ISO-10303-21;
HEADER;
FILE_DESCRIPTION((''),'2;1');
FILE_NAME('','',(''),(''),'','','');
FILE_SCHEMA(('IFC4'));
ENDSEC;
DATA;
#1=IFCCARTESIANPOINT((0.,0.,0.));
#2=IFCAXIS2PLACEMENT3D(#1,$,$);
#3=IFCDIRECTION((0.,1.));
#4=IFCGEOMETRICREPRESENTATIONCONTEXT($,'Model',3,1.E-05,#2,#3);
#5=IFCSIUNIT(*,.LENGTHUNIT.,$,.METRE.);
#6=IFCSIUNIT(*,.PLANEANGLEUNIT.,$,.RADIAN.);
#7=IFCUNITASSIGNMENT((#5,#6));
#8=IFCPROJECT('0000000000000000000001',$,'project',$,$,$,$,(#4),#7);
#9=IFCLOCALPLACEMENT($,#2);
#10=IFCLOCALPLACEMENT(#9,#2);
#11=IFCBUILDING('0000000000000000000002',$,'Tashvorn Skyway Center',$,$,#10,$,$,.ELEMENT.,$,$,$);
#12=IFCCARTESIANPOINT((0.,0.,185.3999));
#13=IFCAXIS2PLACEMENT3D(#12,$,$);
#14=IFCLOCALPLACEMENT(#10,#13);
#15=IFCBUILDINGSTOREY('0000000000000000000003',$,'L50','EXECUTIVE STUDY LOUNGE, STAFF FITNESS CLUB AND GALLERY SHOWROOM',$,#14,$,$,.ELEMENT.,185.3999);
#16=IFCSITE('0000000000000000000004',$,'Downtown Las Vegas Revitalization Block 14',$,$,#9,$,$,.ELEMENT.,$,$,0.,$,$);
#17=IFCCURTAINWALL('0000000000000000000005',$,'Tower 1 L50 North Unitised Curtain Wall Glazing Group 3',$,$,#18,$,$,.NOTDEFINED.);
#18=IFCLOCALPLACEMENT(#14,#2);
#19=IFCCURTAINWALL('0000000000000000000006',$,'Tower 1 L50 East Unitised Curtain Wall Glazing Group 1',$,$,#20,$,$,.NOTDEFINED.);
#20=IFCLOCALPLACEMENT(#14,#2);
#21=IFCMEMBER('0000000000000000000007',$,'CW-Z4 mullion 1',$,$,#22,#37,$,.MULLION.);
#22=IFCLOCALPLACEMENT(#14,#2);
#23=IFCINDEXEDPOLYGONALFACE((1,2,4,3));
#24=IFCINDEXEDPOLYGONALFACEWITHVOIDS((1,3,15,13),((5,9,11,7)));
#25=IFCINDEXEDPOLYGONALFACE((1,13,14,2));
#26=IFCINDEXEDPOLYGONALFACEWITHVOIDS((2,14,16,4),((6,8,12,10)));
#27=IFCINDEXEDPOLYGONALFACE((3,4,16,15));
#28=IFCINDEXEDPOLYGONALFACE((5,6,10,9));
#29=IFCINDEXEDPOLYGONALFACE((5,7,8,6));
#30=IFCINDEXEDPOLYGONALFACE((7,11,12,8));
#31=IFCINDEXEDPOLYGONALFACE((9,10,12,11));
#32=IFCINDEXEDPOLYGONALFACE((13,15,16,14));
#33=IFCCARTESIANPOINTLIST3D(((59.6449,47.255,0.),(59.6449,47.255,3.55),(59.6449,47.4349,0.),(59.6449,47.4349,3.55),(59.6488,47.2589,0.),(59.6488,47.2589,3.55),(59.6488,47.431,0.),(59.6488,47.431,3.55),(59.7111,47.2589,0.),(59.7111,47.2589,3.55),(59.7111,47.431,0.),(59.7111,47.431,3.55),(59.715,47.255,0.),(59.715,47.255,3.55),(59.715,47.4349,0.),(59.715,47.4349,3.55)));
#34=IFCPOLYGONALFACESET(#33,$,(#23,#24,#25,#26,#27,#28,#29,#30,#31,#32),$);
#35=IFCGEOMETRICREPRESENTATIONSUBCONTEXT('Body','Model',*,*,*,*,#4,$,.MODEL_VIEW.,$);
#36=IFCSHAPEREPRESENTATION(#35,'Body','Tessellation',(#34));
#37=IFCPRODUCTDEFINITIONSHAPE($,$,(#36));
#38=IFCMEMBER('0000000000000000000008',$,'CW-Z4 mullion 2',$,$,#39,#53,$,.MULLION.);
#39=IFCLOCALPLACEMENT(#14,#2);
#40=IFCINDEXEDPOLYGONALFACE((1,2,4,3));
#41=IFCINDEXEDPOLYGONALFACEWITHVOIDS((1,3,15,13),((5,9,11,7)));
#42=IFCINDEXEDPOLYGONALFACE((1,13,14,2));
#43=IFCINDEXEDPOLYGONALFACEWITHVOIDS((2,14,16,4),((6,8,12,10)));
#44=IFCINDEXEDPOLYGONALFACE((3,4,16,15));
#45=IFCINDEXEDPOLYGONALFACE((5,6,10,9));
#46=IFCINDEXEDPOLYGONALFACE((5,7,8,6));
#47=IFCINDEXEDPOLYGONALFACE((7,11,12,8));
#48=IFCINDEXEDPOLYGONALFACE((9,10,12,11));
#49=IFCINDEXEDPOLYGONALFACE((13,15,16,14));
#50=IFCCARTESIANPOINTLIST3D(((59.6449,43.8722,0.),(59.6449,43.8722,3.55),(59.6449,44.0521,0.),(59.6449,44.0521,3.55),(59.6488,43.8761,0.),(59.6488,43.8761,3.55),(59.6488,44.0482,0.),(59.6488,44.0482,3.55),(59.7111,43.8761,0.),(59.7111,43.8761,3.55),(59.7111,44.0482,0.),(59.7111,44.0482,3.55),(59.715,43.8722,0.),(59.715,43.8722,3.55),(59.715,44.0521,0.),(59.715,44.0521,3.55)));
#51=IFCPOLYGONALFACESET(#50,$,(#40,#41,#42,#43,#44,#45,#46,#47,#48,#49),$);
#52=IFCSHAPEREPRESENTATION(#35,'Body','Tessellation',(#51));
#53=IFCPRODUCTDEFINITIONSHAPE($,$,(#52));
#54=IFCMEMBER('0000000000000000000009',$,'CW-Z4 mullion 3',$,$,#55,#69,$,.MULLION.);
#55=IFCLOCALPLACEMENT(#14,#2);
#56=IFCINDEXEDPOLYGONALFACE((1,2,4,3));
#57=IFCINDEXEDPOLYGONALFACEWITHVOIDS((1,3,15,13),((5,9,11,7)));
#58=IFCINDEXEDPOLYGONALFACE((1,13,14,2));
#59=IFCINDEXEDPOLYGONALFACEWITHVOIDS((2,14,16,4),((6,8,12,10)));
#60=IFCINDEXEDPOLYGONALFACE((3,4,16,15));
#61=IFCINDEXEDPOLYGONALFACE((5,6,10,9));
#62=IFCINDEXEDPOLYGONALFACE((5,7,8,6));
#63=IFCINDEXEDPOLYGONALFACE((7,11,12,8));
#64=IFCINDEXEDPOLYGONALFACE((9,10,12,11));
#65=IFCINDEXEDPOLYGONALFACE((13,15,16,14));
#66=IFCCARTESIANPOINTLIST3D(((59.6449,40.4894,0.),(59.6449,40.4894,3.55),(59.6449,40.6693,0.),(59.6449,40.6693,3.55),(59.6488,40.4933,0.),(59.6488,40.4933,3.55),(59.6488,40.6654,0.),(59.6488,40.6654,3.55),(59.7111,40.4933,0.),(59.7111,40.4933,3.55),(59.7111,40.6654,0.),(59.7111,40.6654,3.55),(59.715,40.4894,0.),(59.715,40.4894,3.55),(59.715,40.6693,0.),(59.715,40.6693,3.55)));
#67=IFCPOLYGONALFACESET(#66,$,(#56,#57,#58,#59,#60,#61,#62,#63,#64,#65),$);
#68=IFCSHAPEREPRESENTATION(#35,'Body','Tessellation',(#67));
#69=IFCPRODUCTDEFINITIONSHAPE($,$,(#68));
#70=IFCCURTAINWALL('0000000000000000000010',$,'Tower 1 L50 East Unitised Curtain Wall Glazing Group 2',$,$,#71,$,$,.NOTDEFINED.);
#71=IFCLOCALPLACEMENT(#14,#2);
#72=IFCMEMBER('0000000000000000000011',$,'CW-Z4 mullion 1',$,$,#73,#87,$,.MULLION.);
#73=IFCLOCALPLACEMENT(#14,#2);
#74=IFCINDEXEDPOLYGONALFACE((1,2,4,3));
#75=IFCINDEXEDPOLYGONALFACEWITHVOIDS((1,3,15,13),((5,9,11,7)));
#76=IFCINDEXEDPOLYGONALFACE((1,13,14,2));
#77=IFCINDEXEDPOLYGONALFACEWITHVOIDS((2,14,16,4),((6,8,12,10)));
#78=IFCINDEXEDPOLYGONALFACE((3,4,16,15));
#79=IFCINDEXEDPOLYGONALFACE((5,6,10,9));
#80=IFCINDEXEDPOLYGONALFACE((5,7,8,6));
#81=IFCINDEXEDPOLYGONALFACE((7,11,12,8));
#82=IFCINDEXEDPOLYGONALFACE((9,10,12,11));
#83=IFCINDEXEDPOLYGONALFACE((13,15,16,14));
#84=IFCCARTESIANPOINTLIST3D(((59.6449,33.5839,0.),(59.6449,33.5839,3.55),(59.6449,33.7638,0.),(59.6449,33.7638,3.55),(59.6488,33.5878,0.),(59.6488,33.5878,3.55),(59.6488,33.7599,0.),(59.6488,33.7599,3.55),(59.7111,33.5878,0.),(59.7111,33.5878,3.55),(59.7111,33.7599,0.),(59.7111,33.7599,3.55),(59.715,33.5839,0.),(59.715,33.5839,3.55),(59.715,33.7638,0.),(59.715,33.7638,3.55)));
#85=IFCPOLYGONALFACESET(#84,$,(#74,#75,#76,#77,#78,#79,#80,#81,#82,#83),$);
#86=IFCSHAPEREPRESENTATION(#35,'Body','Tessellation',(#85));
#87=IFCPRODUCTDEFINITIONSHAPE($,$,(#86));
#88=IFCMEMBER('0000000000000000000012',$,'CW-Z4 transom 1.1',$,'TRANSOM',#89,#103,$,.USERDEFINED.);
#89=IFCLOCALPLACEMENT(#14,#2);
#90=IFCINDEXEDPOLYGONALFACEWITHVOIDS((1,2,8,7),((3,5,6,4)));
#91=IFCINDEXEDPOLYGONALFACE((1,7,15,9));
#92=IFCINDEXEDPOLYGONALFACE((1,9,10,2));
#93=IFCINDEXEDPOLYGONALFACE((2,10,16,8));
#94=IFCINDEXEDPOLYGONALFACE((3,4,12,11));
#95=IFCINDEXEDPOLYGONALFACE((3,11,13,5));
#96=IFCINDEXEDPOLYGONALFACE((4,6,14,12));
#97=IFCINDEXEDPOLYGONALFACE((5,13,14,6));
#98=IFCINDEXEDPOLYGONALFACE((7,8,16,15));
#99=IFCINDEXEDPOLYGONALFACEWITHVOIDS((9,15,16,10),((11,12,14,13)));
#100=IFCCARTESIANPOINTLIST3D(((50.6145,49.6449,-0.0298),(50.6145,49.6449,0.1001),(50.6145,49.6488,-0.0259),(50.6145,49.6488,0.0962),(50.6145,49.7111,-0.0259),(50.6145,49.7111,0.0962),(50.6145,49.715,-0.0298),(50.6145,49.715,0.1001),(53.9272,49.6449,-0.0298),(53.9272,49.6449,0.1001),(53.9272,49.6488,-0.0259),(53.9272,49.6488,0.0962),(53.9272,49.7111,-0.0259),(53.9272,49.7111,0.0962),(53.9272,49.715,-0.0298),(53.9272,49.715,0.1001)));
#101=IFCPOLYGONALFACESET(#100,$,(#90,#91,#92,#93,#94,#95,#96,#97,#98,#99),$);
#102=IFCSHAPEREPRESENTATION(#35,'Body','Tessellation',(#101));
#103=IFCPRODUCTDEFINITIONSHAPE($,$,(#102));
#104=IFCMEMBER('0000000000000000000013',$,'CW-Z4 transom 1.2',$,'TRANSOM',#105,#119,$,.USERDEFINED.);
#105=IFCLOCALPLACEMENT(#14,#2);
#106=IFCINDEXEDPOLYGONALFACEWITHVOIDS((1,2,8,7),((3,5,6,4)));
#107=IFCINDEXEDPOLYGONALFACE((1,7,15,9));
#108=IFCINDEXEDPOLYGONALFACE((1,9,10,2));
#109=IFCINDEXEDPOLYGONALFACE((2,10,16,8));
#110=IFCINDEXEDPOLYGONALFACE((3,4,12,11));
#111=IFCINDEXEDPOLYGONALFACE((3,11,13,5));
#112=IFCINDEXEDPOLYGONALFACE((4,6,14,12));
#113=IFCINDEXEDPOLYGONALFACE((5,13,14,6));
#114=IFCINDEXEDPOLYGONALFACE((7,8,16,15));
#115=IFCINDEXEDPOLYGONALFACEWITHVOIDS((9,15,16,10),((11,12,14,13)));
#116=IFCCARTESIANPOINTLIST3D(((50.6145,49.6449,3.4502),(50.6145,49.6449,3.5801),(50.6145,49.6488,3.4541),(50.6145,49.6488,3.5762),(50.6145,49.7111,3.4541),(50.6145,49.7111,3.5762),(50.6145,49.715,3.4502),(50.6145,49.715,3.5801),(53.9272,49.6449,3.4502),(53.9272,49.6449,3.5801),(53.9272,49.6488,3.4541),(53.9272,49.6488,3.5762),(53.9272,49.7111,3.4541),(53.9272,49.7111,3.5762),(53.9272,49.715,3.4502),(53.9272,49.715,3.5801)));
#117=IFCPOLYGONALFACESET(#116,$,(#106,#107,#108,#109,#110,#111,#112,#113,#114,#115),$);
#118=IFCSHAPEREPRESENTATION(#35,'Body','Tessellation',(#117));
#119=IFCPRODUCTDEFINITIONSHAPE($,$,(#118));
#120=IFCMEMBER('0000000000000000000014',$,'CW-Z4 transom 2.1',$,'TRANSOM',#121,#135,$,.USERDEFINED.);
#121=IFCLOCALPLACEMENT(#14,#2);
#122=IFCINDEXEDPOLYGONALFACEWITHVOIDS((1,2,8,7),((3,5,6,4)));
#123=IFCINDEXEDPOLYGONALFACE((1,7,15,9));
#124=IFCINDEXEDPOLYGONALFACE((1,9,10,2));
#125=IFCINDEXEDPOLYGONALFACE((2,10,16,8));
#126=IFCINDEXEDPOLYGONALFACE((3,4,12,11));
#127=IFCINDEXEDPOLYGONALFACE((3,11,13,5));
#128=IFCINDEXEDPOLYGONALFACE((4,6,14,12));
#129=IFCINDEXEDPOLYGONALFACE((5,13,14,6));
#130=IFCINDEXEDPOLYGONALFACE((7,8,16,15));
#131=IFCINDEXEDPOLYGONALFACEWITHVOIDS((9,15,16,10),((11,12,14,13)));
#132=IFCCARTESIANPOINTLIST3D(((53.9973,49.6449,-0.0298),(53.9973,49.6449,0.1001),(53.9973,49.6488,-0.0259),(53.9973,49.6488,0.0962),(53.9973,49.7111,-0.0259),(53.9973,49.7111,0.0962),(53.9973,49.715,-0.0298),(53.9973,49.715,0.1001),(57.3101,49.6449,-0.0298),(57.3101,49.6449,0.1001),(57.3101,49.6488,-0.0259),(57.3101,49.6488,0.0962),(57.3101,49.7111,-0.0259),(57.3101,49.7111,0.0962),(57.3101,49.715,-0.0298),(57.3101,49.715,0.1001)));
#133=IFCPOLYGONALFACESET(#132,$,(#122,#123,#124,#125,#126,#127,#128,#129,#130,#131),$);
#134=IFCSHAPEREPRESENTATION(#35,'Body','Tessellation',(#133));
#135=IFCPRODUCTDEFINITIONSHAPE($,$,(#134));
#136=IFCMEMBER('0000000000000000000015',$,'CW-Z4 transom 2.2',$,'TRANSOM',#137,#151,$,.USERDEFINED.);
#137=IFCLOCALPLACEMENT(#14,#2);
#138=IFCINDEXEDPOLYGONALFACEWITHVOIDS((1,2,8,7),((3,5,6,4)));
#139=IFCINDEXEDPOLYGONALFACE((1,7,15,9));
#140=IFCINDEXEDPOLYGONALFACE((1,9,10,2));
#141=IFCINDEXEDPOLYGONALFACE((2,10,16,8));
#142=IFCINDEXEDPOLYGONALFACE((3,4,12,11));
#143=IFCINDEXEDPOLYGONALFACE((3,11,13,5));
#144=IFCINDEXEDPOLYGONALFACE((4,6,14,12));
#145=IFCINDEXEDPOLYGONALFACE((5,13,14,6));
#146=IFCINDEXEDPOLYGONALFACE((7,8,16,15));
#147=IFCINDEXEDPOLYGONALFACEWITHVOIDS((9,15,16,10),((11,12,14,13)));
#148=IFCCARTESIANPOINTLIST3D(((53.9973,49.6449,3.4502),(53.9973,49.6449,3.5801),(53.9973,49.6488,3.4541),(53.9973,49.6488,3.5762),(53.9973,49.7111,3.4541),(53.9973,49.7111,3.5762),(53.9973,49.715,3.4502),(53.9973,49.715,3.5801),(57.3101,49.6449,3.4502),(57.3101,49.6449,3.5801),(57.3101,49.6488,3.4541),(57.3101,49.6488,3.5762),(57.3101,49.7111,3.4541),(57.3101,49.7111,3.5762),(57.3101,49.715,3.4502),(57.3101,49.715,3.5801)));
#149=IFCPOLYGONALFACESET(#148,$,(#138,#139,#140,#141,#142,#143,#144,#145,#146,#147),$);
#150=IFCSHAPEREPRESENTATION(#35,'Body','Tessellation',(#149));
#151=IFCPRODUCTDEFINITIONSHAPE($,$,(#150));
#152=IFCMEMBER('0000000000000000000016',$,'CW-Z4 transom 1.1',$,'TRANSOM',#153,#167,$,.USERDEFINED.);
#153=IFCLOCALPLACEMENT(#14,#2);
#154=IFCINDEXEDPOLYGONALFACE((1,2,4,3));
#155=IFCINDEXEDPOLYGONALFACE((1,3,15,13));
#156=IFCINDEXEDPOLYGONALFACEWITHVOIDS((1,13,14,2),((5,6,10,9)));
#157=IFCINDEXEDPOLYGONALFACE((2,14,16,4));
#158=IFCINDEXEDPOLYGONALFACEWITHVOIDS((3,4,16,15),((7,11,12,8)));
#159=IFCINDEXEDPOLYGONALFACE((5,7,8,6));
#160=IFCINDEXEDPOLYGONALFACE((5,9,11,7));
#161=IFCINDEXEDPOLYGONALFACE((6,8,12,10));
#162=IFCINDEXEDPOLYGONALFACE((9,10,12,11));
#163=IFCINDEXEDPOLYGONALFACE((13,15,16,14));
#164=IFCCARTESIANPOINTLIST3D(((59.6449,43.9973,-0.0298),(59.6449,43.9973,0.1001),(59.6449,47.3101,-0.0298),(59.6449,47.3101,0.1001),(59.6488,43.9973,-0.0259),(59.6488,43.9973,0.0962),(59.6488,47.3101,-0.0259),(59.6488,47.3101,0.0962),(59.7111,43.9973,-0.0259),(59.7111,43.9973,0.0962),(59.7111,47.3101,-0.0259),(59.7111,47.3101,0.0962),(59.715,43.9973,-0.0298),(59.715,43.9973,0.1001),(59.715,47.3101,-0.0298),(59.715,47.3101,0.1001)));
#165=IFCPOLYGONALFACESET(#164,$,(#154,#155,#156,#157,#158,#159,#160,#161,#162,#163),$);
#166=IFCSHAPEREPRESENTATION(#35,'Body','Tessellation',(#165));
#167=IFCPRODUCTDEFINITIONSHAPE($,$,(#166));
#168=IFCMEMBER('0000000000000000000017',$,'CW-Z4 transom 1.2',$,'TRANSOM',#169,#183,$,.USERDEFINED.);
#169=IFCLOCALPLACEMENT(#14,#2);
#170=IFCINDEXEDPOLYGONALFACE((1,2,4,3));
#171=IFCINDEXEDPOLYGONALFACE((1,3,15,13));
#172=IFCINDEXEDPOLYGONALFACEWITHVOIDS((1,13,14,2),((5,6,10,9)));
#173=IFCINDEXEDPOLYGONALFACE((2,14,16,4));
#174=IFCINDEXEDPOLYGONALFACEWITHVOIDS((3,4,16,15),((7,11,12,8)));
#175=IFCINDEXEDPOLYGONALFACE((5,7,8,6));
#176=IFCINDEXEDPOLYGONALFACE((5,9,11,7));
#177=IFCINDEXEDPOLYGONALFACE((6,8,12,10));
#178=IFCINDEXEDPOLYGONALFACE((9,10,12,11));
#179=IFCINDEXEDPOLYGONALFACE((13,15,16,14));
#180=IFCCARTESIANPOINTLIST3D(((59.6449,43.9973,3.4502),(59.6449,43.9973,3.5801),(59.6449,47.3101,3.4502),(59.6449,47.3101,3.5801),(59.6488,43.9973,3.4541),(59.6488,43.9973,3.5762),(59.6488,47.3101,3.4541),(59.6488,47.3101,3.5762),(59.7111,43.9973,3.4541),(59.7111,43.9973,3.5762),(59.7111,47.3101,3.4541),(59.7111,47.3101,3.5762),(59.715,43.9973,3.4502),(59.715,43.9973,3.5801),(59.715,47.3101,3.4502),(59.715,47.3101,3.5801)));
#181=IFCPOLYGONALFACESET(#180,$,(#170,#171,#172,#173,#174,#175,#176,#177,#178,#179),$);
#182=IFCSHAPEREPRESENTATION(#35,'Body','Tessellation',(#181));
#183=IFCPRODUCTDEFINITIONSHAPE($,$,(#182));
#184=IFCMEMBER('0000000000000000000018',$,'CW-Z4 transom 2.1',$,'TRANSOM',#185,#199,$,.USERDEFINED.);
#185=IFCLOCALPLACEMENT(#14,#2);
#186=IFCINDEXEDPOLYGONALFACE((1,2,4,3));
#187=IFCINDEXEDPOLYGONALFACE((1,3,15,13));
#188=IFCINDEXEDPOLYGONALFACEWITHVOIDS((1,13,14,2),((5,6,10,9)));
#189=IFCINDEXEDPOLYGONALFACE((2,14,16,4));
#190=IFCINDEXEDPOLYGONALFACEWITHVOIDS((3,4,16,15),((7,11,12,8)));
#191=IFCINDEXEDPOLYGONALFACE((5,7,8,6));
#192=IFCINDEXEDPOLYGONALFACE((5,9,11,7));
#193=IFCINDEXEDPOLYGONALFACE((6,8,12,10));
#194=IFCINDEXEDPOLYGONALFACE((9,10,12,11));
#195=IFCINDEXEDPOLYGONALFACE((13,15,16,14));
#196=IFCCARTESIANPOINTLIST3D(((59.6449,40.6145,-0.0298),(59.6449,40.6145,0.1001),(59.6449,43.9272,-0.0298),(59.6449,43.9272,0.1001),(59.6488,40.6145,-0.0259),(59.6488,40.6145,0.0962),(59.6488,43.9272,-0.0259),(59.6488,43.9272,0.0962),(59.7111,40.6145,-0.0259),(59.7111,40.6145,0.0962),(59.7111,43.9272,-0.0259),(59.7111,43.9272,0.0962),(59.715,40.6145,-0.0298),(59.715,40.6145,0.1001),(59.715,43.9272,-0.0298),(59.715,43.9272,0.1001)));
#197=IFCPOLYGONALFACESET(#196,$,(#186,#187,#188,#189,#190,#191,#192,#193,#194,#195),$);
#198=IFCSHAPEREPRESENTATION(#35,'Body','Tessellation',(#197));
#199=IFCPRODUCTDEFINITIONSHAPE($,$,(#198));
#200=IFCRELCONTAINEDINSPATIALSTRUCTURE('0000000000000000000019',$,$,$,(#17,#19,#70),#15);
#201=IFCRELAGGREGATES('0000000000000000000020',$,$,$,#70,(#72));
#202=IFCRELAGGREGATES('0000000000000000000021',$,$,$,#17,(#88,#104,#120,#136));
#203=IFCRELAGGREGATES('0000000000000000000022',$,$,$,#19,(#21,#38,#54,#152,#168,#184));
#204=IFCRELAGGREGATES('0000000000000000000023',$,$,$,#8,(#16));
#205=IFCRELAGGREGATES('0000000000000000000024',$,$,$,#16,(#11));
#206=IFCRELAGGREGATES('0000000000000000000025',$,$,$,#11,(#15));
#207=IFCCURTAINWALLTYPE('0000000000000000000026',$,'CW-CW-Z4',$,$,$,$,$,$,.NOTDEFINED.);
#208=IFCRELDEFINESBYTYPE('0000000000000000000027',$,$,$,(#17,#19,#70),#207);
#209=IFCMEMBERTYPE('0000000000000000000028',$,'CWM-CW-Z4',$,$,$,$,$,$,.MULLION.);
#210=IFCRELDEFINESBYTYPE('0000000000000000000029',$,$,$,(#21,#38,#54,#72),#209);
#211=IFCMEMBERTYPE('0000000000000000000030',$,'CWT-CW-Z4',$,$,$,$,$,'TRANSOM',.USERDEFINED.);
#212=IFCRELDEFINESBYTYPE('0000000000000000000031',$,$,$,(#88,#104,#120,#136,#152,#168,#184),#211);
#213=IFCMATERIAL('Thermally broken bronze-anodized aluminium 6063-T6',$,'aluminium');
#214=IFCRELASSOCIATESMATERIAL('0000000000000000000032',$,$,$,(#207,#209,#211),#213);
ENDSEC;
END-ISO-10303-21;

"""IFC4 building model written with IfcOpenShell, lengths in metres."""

from ifc_helpers import new_model, si_unit, direction, frame, origin, origin_2d, place, context, subcontext, project, spatial, hollow_rectangle, extrude, material, material_profile, profile_set, type_object, element, aggregate, save


model = new_model("IFC4")

# Units and contexts
model_context = context("Model", 3, precision=1e-05, world=origin(), true_north=direction((0.0, 1.0)))
body_context = subcontext(model_context, "Body", "Model", "MODEL_VIEW")
ifc_project = project(units=[si_unit("LENGTHUNIT", "METRE"), si_unit("PLANEANGLEUNIT", "RADIAN")], contexts=[model_context])

# Site, building, storey
site_placement = place(None, origin())
site = spatial("IfcSite", under=ifc_project, at=site_placement, Name="Downtown Las Vegas Revitalization Block 14", CompositionType="ELEMENT", RefElevation=0.0)
building_placement = place(site_placement, origin())
building = spatial("IfcBuilding", under=site, at=building_placement, Name="Tashvorn Skyway Center", CompositionType="ELEMENT")
storey_placement = place(building_placement, frame((0.0, 0.0, 185.3999)))
storey = spatial("IfcBuildingStorey", under=building, at=storey_placement, Name="L50", Description="EXECUTIVE STUDY LOUNGE, STAFF FITNESS CLUB AND GALLERY SHOWROOM", CompositionType="ELEMENT", Elevation=185.3999)

# Curtain walls, members
ifc_material_1 = material(Name="Thermally broken bronze-anodized aluminium 6063-T6", Category="aluminium")
curtain_wall_type = type_object("IfcCurtainWallType", Name="CW-CW-Z4", PredefinedType="NOTDEFINED", material=ifc_material_1)
curtain_wall_1_placement = place(storey_placement, origin())
curtain_wall_1 = element("IfcCurtainWall", 1, at=curtain_wall_1_placement, inside=storey, type_object=curtain_wall_type, Name="Tower 1 L50 North Unitised Curtain Wall Glazing Group 3", PredefinedType="NOTDEFINED")
ifc_material_profile_1 = material_profile(ifc_material_1, hollow_rectangle(XDim=0.0701, YDim=0.1799, WallThickness=0.0039, at=origin_2d()), Name="ALU-MULL-70x180")
ifc_profile_set_1 = profile_set([ifc_material_profile_1], Name="Thermally broken bronze-anodized aluminium 6063-T6")
member_type_1 = type_object("IfcMemberType", Name="CWM-CW-Z4", PredefinedType="MULLION", material=ifc_profile_set_1)
curtain_wall_2_placement = place(storey_placement, origin())
curtain_wall_2 = element("IfcCurtainWall", 2, at=curtain_wall_2_placement, inside=storey, type_object=curtain_wall_type, Name="Tower 1 L50 East Unitised Curtain Wall Glazing Group 1", PredefinedType="NOTDEFINED")
member_1_placement = place(storey_placement, frame((59.6799, 47.345, 0.0), z_axis=(0.0, 0.0, 1.0), x_axis=(1.0, 0.0, 0.0)))
member_1 = element("IfcMember", 3, at=member_1_placement, type_object=member_type_1, Name="CW-Z4 mullion 1", PredefinedType="MULLION", context=body_context, shape_type="SweptSolid", body=[
    extrude(hollow_rectangle(XDim=0.0701, YDim=0.1799, WallThickness=0.0039, at=origin_2d()), origin(), (0.0, 0.0, 1.0), 3.55),
])
member_2_placement = place(storey_placement, frame((59.6799, 43.9622, 0.0), z_axis=(0.0, 0.0, 1.0), x_axis=(1.0, 0.0, 0.0)))
member_2 = element("IfcMember", 4, at=member_2_placement, type_object=member_type_1, Name="CW-Z4 mullion 2", PredefinedType="MULLION", context=body_context, shape_type="SweptSolid", body=[
    extrude(hollow_rectangle(XDim=0.0701, YDim=0.1799, WallThickness=0.0039, at=origin_2d()), origin(), (0.0, 0.0, 1.0), 3.55),
])
member_3_placement = place(storey_placement, frame((59.6799, 40.5793, 0.0), z_axis=(0.0, 0.0, 1.0), x_axis=(1.0, 0.0, 0.0)))
member_3 = element("IfcMember", 5, at=member_3_placement, type_object=member_type_1, Name="CW-Z4 mullion 3", PredefinedType="MULLION", context=body_context, shape_type="SweptSolid", body=[
    extrude(hollow_rectangle(XDim=0.0701, YDim=0.1799, WallThickness=0.0039, at=origin_2d()), origin(), (0.0, 0.0, 1.0), 3.55),
])

# Curtain wall, member
curtain_wall_3_placement = place(storey_placement, origin())
curtain_wall_3 = element("IfcCurtainWall", 6, at=curtain_wall_3_placement, inside=storey, type_object=curtain_wall_type, Name="Tower 1 L50 East Unitised Curtain Wall Glazing Group 2", PredefinedType="NOTDEFINED")
member_4_placement = place(storey_placement, frame((59.6799, 33.6738, 0.0), z_axis=(0.0, 0.0, 1.0), x_axis=(1.0, 0.0, 0.0)))
member_4 = element("IfcMember", 7, at=member_4_placement, type_object=member_type_1, Name="CW-Z4 mullion 1", PredefinedType="MULLION", context=body_context, shape_type="SweptSolid", body=[
    extrude(hollow_rectangle(XDim=0.0701, YDim=0.1799, WallThickness=0.0039, at=origin_2d()), origin(), (0.0, 0.0, 1.0), 3.55),
])

# Members
ifc_material_profile_2 = material_profile(ifc_material_1, hollow_rectangle(XDim=0.0701, YDim=0.1299, WallThickness=0.0039, at=origin_2d()), Name="ALU-TRAN-70x130")
ifc_profile_set_2 = profile_set([ifc_material_profile_2], Name="Thermally broken bronze-anodized aluminium 6063-T6")
member_type_2 = type_object("IfcMemberType", Name="CWT-CW-Z4", ElementType="TRANSOM", PredefinedType="USERDEFINED", material=ifc_profile_set_2)
member_5_placement = place(storey_placement, frame((50.6145, 49.6799, 0.0352), z_axis=(1.0, 0.0, 0.0), x_axis=(0.0, 1.0, 0.0)))
member_5 = element("IfcMember", 8, at=member_5_placement, type_object=member_type_2, Name="CW-Z4 transom 1.1", ObjectType="TRANSOM", PredefinedType="USERDEFINED", context=body_context, shape_type="SweptSolid", body=[
    extrude(hollow_rectangle(XDim=0.0701, YDim=0.1299, WallThickness=0.0039, at=origin_2d()), origin(), (0.0, 0.0, 1.0), 3.3127),
])
member_6_placement = place(storey_placement, frame((50.6145, 49.6799, 3.5151), z_axis=(1.0, 0.0, 0.0), x_axis=(0.0, 1.0, 0.0)))
member_6 = element("IfcMember", 9, at=member_6_placement, type_object=member_type_2, Name="CW-Z4 transom 1.2", ObjectType="TRANSOM", PredefinedType="USERDEFINED", context=body_context, shape_type="SweptSolid", body=[
    extrude(hollow_rectangle(XDim=0.0701, YDim=0.1299, WallThickness=0.0039, at=origin_2d()), origin(), (0.0, 0.0, 1.0), 3.3127),
])
member_7_placement = place(storey_placement, frame((53.9973, 49.6799, 0.0352), z_axis=(1.0, 0.0, 0.0), x_axis=(0.0, 1.0, 0.0)))
member_7 = element("IfcMember", 10, at=member_7_placement, type_object=member_type_2, Name="CW-Z4 transom 2.1", ObjectType="TRANSOM", PredefinedType="USERDEFINED", context=body_context, shape_type="SweptSolid", body=[
    extrude(hollow_rectangle(XDim=0.0701, YDim=0.1299, WallThickness=0.0039, at=origin_2d()), origin(), (0.0, 0.0, 1.0), 3.3127),
])
member_8_placement = place(storey_placement, frame((53.9973, 49.6799, 3.5151), z_axis=(1.0, 0.0, 0.0), x_axis=(0.0, 1.0, 0.0)))
member_8 = element("IfcMember", 11, at=member_8_placement, type_object=member_type_2, Name="CW-Z4 transom 2.2", ObjectType="TRANSOM", PredefinedType="USERDEFINED", context=body_context, shape_type="SweptSolid", body=[
    extrude(hollow_rectangle(XDim=0.0701, YDim=0.1299, WallThickness=0.0039, at=origin_2d()), origin(), (0.0, 0.0, 1.0), 3.3127),
])
member_9_placement = place(storey_placement, frame((59.6799, 47.3101, 0.0352), z_axis=(0.0, -1.0, 0.0), x_axis=(1.0, 0.0, 0.0)))
member_9 = element("IfcMember", 12, at=member_9_placement, type_object=member_type_2, Name="CW-Z4 transom 1.1", ObjectType="TRANSOM", PredefinedType="USERDEFINED", context=body_context, shape_type="SweptSolid", body=[
    extrude(hollow_rectangle(XDim=0.0701, YDim=0.1299, WallThickness=0.0039, at=origin_2d()), origin(), (0.0, 0.0, 1.0), 3.3127),
])
member_10_placement = place(storey_placement, frame((59.6799, 47.3101, 3.5151), z_axis=(0.0, -1.0, 0.0), x_axis=(1.0, 0.0, 0.0)))
member_10 = element("IfcMember", 13, at=member_10_placement, type_object=member_type_2, Name="CW-Z4 transom 1.2", ObjectType="TRANSOM", PredefinedType="USERDEFINED", context=body_context, shape_type="SweptSolid", body=[
    extrude(hollow_rectangle(XDim=0.0701, YDim=0.1299, WallThickness=0.0039, at=origin_2d()), origin(), (0.0, 0.0, 1.0), 3.3127),
])
member_11_placement = place(storey_placement, frame((59.6799, 43.9272, 0.0352), z_axis=(0.0, -1.0, 0.0), x_axis=(1.0, 0.0, 0.0)))
member_11 = element("IfcMember", 14, at=member_11_placement, type_object=member_type_2, Name="CW-Z4 transom 2.1", ObjectType="TRANSOM", PredefinedType="USERDEFINED", context=body_context, shape_type="SweptSolid", body=[
    extrude(hollow_rectangle(XDim=0.0701, YDim=0.1299, WallThickness=0.0039, at=origin_2d()), origin(), (0.0, 0.0, 1.0), 3.3127),
])
aggregate(curtain_wall_3, [member_4])

aggregate(curtain_wall_1, [member_5, member_6, member_7, member_8])
aggregate(curtain_wall_2, [member_1, member_2, member_3, member_9, member_10, member_11])

save(model, "model.ifc")
